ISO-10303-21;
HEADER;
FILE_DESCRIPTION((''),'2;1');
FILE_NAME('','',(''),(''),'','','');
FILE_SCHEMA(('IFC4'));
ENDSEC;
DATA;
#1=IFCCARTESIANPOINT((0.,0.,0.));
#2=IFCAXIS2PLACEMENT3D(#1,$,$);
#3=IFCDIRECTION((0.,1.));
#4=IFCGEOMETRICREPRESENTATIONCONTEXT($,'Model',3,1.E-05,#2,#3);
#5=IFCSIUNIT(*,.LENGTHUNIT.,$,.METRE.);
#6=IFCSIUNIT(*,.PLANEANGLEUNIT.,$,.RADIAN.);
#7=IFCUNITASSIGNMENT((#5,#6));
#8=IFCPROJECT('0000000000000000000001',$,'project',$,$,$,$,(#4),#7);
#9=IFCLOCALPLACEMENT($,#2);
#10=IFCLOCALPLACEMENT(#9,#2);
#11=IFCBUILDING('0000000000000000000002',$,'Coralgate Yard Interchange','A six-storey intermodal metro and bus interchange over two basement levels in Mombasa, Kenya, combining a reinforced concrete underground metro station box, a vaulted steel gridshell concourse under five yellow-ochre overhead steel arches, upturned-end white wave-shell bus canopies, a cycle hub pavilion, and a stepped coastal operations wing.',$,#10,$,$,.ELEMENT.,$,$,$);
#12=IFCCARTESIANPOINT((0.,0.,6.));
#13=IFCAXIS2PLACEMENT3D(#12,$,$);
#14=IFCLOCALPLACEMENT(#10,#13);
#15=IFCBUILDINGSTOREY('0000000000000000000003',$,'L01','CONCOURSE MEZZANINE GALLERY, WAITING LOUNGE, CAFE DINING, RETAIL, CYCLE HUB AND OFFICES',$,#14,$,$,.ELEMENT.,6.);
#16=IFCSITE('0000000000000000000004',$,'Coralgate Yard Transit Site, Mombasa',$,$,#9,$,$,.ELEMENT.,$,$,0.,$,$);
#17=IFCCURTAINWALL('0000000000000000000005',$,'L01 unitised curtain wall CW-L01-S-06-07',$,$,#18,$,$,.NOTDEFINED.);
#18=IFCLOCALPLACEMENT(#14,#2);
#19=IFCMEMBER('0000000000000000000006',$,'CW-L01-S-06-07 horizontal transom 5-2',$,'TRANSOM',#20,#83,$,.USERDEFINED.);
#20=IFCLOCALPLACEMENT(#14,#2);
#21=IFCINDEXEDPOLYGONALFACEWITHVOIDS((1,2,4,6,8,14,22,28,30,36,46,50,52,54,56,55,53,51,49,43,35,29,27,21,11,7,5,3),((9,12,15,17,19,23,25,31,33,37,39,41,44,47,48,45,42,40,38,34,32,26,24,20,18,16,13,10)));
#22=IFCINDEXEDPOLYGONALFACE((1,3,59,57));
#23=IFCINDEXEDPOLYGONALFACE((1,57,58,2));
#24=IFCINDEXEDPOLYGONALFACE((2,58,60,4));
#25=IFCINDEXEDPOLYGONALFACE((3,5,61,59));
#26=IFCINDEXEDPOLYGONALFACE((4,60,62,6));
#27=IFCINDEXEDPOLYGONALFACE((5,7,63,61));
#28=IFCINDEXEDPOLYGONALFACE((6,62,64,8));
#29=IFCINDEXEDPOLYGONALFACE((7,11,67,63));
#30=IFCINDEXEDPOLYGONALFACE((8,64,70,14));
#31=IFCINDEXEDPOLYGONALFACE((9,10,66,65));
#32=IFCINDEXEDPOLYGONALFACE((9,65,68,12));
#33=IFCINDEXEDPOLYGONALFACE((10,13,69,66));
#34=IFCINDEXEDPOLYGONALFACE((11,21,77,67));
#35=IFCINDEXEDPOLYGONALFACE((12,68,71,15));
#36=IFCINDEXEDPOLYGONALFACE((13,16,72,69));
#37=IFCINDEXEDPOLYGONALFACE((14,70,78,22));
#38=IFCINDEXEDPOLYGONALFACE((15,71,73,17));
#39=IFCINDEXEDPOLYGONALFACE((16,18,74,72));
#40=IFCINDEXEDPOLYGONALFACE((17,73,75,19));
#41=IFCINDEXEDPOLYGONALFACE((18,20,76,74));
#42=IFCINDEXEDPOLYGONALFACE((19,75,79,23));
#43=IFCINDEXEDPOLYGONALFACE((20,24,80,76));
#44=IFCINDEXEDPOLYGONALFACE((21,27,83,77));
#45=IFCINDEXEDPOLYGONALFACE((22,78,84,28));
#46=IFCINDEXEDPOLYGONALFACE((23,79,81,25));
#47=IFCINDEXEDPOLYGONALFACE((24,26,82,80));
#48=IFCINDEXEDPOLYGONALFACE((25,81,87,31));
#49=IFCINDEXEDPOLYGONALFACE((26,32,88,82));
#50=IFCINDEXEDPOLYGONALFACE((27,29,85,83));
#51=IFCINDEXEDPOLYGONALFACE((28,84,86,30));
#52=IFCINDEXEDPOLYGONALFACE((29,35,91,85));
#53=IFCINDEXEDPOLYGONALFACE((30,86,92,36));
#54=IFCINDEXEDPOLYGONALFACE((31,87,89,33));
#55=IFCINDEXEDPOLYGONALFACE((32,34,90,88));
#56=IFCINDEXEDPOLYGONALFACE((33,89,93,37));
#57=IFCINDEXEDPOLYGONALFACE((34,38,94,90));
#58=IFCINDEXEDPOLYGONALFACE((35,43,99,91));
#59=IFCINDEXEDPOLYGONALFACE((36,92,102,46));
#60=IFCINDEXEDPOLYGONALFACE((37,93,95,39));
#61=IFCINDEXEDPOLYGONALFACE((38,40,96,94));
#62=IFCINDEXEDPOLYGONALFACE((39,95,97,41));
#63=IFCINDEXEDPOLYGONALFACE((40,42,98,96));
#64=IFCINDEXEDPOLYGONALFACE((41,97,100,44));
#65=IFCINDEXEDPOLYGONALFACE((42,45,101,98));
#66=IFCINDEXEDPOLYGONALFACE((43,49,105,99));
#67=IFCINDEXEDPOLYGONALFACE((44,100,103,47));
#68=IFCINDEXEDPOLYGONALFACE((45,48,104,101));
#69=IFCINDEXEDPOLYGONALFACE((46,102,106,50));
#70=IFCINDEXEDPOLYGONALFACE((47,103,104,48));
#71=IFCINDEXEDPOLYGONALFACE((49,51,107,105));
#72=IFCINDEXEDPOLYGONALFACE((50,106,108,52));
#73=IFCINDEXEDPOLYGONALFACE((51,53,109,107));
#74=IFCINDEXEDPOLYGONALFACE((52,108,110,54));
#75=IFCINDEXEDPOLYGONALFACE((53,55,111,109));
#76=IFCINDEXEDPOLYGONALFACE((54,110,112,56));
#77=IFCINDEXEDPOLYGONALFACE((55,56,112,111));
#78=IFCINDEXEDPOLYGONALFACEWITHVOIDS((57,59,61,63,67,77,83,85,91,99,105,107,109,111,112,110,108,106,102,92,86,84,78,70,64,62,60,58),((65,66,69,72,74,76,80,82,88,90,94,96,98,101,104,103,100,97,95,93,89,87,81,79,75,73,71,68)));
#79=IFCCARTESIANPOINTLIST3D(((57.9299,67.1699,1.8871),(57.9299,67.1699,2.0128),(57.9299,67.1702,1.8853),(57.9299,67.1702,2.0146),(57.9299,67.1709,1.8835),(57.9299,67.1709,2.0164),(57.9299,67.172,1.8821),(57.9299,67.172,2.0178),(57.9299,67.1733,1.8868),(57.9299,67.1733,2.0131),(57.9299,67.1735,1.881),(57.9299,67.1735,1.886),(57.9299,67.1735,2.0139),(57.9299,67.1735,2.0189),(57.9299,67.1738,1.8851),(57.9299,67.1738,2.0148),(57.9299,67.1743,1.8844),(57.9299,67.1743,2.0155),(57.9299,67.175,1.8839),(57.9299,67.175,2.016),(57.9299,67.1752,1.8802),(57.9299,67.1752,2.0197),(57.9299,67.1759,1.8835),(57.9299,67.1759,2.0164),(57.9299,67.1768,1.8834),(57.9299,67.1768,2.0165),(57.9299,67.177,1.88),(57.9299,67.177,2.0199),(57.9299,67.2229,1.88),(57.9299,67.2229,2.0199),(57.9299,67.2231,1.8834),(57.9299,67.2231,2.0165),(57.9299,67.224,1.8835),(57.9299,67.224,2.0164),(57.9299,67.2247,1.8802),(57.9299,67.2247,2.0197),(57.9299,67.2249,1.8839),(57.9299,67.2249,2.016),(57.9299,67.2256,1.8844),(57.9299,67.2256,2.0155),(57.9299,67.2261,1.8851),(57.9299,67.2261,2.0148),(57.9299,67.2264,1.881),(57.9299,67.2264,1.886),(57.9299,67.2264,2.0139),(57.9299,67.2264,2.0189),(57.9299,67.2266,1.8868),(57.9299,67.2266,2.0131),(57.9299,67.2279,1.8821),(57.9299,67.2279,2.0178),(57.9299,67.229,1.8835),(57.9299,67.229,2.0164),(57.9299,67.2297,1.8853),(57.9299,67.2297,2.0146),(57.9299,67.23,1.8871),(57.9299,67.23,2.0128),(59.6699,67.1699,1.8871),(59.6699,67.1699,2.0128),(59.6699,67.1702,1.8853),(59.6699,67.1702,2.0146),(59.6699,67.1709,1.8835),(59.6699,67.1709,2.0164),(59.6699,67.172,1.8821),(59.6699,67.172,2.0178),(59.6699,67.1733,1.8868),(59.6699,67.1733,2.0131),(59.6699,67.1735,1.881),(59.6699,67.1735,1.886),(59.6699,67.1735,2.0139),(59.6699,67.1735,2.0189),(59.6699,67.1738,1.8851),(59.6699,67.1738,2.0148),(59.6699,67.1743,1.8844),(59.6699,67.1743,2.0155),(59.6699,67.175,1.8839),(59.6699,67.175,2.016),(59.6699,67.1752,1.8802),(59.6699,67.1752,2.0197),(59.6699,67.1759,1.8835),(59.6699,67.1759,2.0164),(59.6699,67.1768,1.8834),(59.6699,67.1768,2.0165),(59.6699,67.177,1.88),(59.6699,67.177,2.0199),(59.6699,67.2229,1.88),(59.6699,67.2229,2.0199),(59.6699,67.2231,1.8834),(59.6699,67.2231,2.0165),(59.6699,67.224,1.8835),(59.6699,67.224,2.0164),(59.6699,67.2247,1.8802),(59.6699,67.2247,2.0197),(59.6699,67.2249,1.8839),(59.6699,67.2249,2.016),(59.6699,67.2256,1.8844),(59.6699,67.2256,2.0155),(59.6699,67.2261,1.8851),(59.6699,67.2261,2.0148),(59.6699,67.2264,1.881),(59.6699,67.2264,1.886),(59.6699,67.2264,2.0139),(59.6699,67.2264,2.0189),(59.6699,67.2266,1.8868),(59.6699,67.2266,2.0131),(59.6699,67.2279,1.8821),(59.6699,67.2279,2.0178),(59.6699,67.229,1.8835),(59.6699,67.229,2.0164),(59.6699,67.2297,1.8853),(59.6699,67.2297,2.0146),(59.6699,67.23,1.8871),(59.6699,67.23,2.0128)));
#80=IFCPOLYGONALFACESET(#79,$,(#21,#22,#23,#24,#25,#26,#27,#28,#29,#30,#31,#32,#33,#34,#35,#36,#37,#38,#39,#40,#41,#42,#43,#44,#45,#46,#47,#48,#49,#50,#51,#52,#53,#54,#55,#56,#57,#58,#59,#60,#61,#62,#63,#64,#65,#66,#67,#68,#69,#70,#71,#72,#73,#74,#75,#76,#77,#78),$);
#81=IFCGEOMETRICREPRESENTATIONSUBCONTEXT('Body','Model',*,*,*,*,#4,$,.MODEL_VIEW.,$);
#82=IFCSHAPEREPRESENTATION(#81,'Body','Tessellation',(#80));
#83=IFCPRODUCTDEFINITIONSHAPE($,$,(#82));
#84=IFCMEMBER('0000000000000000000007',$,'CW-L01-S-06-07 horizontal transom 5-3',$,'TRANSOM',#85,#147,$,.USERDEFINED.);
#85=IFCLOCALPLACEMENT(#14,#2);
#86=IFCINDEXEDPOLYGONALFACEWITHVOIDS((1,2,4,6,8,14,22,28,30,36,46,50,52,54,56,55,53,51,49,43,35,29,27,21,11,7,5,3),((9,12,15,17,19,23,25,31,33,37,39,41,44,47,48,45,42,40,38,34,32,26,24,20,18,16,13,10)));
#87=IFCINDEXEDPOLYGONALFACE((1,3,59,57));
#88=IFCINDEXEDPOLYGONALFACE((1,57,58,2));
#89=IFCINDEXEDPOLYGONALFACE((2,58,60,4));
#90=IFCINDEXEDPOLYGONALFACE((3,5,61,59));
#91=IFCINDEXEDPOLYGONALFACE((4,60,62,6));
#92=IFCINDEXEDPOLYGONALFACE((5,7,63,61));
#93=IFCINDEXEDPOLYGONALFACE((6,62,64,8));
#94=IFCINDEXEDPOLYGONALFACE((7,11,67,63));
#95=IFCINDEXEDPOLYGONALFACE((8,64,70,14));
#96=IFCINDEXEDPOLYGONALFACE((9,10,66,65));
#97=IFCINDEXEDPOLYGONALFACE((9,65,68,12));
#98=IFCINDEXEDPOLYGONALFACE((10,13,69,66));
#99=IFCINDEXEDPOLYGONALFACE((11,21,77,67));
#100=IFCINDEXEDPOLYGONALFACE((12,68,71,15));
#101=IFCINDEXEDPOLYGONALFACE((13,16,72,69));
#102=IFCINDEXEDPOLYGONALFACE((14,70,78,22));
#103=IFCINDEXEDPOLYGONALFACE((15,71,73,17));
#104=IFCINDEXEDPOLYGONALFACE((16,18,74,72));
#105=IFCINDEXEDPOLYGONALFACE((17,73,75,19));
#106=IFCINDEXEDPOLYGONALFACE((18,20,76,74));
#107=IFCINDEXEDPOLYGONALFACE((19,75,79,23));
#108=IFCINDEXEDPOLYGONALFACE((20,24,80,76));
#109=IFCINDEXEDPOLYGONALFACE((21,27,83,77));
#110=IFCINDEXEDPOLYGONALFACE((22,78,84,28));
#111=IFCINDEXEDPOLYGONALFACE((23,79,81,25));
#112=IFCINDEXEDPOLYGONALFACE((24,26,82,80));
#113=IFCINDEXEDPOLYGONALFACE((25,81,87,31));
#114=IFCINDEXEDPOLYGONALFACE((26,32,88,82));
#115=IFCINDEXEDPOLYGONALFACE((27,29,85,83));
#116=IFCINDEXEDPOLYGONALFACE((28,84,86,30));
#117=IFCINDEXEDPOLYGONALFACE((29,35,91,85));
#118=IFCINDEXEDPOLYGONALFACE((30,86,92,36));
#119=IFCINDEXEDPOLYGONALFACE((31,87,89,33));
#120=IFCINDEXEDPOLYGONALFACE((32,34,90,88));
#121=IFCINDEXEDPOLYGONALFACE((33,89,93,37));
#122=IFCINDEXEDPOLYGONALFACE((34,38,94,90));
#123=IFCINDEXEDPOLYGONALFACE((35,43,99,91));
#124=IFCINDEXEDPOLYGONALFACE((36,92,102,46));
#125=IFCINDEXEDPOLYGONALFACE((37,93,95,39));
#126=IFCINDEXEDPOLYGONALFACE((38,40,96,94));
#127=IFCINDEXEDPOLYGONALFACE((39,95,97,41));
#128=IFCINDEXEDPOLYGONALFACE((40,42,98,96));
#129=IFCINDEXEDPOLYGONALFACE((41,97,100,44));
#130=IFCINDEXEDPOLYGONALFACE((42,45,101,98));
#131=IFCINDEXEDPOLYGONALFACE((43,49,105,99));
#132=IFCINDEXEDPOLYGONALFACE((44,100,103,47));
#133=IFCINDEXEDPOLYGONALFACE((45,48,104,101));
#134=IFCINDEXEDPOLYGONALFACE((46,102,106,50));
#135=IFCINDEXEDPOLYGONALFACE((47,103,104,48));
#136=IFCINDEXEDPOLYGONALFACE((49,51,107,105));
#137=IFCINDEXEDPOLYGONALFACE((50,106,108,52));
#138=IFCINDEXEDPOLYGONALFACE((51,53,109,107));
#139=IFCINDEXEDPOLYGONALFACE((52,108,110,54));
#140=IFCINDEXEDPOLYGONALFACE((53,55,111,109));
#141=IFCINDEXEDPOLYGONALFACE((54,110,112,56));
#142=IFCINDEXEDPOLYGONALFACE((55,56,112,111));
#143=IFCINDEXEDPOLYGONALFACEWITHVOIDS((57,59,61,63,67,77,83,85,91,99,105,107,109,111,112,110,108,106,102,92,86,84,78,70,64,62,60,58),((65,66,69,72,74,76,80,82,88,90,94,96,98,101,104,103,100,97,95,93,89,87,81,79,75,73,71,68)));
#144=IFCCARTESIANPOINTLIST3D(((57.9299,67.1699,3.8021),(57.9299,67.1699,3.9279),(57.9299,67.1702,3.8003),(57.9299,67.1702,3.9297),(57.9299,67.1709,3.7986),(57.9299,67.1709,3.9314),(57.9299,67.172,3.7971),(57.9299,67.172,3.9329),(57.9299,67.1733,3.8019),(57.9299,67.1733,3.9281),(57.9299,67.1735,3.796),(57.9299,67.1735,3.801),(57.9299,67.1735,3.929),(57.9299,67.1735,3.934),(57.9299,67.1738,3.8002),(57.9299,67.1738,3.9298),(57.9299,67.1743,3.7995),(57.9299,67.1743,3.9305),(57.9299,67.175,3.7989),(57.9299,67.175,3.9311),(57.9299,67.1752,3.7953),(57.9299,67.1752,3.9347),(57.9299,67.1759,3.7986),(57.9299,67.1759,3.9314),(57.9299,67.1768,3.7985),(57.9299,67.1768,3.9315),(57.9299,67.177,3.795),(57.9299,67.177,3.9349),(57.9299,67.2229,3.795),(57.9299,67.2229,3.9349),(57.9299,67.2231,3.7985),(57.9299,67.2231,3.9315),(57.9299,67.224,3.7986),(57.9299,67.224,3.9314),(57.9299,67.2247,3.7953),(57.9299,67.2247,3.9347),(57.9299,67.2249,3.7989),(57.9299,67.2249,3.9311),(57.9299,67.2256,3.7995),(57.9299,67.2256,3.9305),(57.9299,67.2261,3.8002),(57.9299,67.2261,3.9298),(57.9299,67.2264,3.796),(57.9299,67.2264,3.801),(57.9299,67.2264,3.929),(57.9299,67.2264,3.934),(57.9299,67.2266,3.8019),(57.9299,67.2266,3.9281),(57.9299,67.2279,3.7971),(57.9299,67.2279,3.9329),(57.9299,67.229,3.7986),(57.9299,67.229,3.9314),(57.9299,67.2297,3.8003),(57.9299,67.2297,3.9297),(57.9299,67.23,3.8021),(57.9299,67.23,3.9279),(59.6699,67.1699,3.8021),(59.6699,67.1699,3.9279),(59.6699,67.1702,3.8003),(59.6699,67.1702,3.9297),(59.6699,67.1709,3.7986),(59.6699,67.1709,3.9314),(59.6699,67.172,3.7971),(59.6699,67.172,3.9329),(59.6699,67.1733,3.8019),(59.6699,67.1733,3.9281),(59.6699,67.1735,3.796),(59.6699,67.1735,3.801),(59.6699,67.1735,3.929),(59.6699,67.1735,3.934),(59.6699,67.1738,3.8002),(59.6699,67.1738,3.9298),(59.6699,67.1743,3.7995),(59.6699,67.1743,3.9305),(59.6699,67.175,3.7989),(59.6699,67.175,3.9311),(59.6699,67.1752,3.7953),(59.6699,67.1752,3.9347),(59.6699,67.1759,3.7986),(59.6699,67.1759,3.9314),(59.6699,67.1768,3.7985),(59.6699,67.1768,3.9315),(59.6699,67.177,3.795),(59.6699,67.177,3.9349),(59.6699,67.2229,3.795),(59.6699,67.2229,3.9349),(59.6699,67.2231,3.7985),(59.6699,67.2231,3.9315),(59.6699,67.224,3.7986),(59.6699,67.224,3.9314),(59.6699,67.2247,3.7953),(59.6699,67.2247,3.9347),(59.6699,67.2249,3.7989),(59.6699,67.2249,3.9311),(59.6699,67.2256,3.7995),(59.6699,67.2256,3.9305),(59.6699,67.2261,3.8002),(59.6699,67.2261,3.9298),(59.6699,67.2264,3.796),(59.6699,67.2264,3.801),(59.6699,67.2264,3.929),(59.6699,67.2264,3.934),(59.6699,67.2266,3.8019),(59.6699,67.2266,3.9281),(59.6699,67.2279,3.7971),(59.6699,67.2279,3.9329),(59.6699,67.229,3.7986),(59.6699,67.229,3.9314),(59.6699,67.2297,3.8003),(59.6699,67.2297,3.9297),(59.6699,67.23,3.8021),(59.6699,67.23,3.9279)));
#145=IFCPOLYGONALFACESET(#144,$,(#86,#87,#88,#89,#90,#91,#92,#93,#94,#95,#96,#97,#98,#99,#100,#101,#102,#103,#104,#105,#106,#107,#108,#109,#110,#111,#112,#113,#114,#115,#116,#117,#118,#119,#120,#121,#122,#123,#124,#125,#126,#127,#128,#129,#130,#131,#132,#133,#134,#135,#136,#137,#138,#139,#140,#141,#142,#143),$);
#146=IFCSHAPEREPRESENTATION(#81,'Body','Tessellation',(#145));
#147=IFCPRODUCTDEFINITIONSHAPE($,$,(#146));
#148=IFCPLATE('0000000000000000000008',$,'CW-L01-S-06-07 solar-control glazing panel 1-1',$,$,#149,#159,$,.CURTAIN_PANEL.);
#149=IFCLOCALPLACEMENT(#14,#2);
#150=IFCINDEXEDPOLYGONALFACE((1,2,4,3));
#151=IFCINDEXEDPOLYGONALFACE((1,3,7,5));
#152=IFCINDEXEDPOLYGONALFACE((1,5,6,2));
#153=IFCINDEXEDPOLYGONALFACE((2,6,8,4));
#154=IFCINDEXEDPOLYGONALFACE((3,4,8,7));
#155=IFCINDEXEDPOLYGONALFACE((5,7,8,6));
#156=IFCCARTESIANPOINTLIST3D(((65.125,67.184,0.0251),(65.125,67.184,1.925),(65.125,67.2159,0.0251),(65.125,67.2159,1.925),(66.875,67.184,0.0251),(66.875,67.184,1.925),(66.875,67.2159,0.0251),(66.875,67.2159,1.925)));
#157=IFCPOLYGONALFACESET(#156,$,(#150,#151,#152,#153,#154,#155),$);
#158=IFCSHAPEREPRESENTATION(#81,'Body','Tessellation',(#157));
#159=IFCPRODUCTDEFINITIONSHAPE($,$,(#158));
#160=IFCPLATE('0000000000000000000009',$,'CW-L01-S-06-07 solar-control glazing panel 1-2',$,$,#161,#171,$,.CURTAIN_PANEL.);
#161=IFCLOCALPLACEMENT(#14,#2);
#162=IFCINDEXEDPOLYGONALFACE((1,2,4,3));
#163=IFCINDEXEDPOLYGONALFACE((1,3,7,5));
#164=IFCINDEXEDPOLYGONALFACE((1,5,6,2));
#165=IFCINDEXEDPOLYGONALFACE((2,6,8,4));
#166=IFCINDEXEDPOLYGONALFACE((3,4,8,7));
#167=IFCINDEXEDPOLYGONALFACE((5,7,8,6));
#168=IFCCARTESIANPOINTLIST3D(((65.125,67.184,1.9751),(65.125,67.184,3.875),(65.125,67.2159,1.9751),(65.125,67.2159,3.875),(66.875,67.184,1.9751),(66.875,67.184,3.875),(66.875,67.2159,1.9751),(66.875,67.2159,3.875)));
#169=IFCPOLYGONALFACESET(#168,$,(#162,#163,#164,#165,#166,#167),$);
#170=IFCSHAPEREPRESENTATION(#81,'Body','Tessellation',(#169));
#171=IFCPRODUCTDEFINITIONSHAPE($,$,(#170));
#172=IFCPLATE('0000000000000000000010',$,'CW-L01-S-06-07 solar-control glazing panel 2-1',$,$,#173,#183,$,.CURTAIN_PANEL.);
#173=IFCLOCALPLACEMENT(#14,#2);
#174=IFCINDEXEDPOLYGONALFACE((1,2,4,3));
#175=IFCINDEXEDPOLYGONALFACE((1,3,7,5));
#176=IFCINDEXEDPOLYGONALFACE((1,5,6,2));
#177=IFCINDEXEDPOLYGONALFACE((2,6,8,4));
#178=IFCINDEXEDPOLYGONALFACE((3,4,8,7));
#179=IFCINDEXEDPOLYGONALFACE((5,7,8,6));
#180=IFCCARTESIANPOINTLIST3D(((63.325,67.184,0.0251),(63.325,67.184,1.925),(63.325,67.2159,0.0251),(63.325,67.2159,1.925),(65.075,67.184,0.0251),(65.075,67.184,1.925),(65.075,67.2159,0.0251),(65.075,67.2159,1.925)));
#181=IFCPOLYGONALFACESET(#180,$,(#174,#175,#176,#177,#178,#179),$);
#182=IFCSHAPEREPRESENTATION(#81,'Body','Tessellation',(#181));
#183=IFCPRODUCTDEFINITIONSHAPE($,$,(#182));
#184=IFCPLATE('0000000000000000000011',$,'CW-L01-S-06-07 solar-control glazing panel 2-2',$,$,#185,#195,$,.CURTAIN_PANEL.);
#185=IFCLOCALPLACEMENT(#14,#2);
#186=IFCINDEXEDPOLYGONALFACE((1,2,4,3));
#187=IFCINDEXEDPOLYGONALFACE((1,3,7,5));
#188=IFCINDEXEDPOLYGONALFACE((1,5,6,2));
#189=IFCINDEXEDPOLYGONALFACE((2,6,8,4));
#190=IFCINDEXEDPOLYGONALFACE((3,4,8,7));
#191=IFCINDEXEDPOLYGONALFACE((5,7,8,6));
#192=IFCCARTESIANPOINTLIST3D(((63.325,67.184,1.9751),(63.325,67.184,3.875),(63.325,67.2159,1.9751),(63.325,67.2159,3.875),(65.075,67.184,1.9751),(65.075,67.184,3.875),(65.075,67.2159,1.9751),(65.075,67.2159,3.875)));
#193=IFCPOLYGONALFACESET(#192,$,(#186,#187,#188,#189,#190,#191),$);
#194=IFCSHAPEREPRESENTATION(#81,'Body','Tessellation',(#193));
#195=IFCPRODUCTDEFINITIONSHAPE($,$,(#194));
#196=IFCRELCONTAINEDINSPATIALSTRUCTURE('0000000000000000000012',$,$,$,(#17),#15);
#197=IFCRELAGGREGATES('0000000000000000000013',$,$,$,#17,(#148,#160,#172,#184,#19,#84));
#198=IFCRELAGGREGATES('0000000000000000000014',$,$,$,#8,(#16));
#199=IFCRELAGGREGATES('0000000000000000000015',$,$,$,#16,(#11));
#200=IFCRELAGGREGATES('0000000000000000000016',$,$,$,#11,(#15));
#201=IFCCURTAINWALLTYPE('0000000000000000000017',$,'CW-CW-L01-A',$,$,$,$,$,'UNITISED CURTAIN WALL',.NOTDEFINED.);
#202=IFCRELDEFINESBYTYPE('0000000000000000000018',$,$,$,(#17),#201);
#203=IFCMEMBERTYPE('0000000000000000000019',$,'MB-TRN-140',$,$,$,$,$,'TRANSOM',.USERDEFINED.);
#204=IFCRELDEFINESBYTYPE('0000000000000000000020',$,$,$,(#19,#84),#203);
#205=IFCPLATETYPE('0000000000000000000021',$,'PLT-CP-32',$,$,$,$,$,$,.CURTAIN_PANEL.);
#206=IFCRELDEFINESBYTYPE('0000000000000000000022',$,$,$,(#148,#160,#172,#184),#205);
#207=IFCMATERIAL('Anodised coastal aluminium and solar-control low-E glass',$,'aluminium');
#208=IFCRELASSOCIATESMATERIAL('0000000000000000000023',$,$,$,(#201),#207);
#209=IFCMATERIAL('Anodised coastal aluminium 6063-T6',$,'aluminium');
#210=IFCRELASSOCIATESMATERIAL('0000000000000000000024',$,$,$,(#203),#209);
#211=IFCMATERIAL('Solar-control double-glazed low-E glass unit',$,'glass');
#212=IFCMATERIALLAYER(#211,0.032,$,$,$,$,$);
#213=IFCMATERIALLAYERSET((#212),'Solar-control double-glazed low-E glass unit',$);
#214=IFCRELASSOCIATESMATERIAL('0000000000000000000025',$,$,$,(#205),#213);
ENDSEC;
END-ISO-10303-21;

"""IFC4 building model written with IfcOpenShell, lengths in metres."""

from ifc_helpers import new_model, si_unit, direction, frame, origin, origin_2d, place, context, subcontext, project, spatial, rectangle, hollow_rectangle, extrude, material, layer, layer_set, material_profile, profile_set, type_object, element, aggregate, save


model = new_model("IFC4")

# Units and contexts
model_context = context("Model", 3, precision=1e-05, world=origin(), true_north=direction((0.0, 1.0)))
body_context = subcontext(model_context, "Body", "Model", "MODEL_VIEW")
ifc_project = project(units=[si_unit("LENGTHUNIT", "METRE"), si_unit("PLANEANGLEUNIT", "RADIAN")], contexts=[model_context])

# Site, building, storey
site_placement = place(None, origin())
site = spatial("IfcSite", under=ifc_project, at=site_placement, Name="Coralgate Yard Transit Site, Mombasa", CompositionType="ELEMENT", RefElevation=0.0)
building_placement = place(site_placement, origin())
building = spatial("IfcBuilding", under=site, at=building_placement, Name="Coralgate Yard Interchange", Description="A six-storey intermodal metro and bus interchange over two basement levels in Mombasa, Kenya, combining a reinforced concrete underground metro station box, a vaulted steel gridshell concourse under five yellow-ochre overhead steel arches, upturned-end white wave-shell bus canopies, a cycle hub pavilion, and a stepped coastal operations wing.", CompositionType="ELEMENT")
storey_placement = place(building_placement, frame((0.0, 0.0, 6.0)))
storey = spatial("IfcBuildingStorey", under=building, at=storey_placement, Name="L01", Description="CONCOURSE MEZZANINE GALLERY, WAITING LOUNGE, CAFE DINING, RETAIL, CYCLE HUB AND OFFICES", CompositionType="ELEMENT", Elevation=6.0)

# Curtain wall, members, plates
ifc_material_1 = material(Name="Anodised coastal aluminium and solar-control low-E glass", Category="aluminium")
curtain_wall_type = type_object("IfcCurtainWallType", Name="CW-CW-L01-A", ElementType="UNITISED CURTAIN WALL", PredefinedType="NOTDEFINED", material=ifc_material_1)
curtain_wall_placement = place(storey_placement, origin())
curtain_wall = element("IfcCurtainWall", 1, at=curtain_wall_placement, inside=storey, type_object=curtain_wall_type, Name="L01 unitised curtain wall CW-L01-S-06-07", PredefinedType="NOTDEFINED")
ifc_material_2 = material(Name="Anodised coastal aluminium 6063-T6", Category="aluminium")
ifc_material_profile_1 = material_profile(ifc_material_2, hollow_rectangle(XDim=0.0601, YDim=0.1399, WallThickness=0.0034, InnerFilletRadius=0.0034, OuterFilletRadius=0.0071, at=origin_2d()), Name="ALU 60x140x3.5")
ifc_profile_set_1 = profile_set([ifc_material_profile_1], Name="Anodised coastal aluminium 6063-T6")
member_type_1 = type_object("IfcMemberType", Name="MB-TRN-140", ElementType="TRANSOM", PredefinedType="USERDEFINED", material=ifc_profile_set_1)
member_1_placement = place(storey_placement, frame((59.6699, 67.2, 1.95), z_axis=(-1.0, 0.0, 0.0), x_axis=(0.0, -1.0, 0.0)))
member_1 = element("IfcMember", 2, at=member_1_placement, type_object=member_type_1, Name="CW-L01-S-06-07 horizontal transom 5-2", ObjectType="TRANSOM", PredefinedType="USERDEFINED", context=body_context, shape_type="SweptSolid", body=[
    extrude(hollow_rectangle(XDim=0.0601, YDim=0.1399, WallThickness=0.0034, InnerFilletRadius=0.0034, OuterFilletRadius=0.0071, at=origin_2d()), origin(), (0.0, 0.0, 1.0), 1.74),
])
member_2_placement = place(storey_placement, frame((59.6699, 67.2, 3.865), z_axis=(-1.0, 0.0, 0.0), x_axis=(0.0, -1.0, 0.0)))
member_2 = element("IfcMember", 3, at=member_2_placement, type_object=member_type_1, Name="CW-L01-S-06-07 horizontal transom 5-3", ObjectType="TRANSOM", PredefinedType="USERDEFINED", context=body_context, shape_type="SweptSolid", body=[
    extrude(hollow_rectangle(XDim=0.0601, YDim=0.1399, WallThickness=0.0034, InnerFilletRadius=0.0034, OuterFilletRadius=0.0071, at=origin_2d()), origin(), (0.0, 0.0, 1.0), 1.74),
])
ifc_material_3 = material(Name="Solar-control double-glazed low-E glass unit", Category="glass")
ifc_layer = layer(ifc_material_3, 0.032)
ifc_layer_set = layer_set([ifc_layer], Name="Solar-control double-glazed low-E glass unit")
plate_type = type_object("IfcPlateType", Name="PLT-CP-32", PredefinedType="CURTAIN_PANEL", material=ifc_layer_set)
plate_1_placement = place(storey_placement, frame((66.0, 67.2, 0.0251), z_axis=(0.0, 0.0, 1.0), x_axis=(-1.0, 0.0, 0.0)))
plate_1 = element("IfcPlate", 4, at=plate_1_placement, type_object=plate_type, Name="CW-L01-S-06-07 solar-control glazing panel 1-1", PredefinedType="CURTAIN_PANEL", context=body_context, shape_type="SweptSolid", body=[
    extrude(rectangle(XDim=1.75, YDim=0.032, at=origin_2d()), origin(), (0.0, 0.0, 1.0), 1.8999),
])
plate_2_placement = place(storey_placement, frame((66.0, 67.2, 1.9751), z_axis=(0.0, 0.0, 1.0), x_axis=(-1.0, 0.0, 0.0)))
plate_2 = element("IfcPlate", 5, at=plate_2_placement, type_object=plate_type, Name="CW-L01-S-06-07 solar-control glazing panel 1-2", PredefinedType="CURTAIN_PANEL", context=body_context, shape_type="SweptSolid", body=[
    extrude(rectangle(XDim=1.75, YDim=0.032, at=origin_2d()), origin(), (0.0, 0.0, 1.0), 1.8999),
])
plate_3_placement = place(storey_placement, frame((64.2, 67.2, 0.0251), z_axis=(0.0, 0.0, 1.0), x_axis=(-1.0, 0.0, 0.0)))
plate_3 = element("IfcPlate", 6, at=plate_3_placement, type_object=plate_type, Name="CW-L01-S-06-07 solar-control glazing panel 2-1", PredefinedType="CURTAIN_PANEL", context=body_context, shape_type="SweptSolid", body=[
    extrude(rectangle(XDim=1.75, YDim=0.032, at=origin_2d()), origin(), (0.0, 0.0, 1.0), 1.8999),
])
plate_4_placement = place(storey_placement, frame((64.2, 67.2, 1.9751), z_axis=(0.0, 0.0, 1.0), x_axis=(-1.0, 0.0, 0.0)))
plate_4 = element("IfcPlate", 7, at=plate_4_placement, type_object=plate_type, Name="CW-L01-S-06-07 solar-control glazing panel 2-2", PredefinedType="CURTAIN_PANEL", context=body_context, shape_type="SweptSolid", body=[
    extrude(rectangle(XDim=1.75, YDim=0.032, at=origin_2d()), origin(), (0.0, 0.0, 1.0), 1.8999),
])
aggregate(curtain_wall, [plate_1, plate_2, plate_3, plate_4, member_1, member_2])

save(model, "model.ifc")
